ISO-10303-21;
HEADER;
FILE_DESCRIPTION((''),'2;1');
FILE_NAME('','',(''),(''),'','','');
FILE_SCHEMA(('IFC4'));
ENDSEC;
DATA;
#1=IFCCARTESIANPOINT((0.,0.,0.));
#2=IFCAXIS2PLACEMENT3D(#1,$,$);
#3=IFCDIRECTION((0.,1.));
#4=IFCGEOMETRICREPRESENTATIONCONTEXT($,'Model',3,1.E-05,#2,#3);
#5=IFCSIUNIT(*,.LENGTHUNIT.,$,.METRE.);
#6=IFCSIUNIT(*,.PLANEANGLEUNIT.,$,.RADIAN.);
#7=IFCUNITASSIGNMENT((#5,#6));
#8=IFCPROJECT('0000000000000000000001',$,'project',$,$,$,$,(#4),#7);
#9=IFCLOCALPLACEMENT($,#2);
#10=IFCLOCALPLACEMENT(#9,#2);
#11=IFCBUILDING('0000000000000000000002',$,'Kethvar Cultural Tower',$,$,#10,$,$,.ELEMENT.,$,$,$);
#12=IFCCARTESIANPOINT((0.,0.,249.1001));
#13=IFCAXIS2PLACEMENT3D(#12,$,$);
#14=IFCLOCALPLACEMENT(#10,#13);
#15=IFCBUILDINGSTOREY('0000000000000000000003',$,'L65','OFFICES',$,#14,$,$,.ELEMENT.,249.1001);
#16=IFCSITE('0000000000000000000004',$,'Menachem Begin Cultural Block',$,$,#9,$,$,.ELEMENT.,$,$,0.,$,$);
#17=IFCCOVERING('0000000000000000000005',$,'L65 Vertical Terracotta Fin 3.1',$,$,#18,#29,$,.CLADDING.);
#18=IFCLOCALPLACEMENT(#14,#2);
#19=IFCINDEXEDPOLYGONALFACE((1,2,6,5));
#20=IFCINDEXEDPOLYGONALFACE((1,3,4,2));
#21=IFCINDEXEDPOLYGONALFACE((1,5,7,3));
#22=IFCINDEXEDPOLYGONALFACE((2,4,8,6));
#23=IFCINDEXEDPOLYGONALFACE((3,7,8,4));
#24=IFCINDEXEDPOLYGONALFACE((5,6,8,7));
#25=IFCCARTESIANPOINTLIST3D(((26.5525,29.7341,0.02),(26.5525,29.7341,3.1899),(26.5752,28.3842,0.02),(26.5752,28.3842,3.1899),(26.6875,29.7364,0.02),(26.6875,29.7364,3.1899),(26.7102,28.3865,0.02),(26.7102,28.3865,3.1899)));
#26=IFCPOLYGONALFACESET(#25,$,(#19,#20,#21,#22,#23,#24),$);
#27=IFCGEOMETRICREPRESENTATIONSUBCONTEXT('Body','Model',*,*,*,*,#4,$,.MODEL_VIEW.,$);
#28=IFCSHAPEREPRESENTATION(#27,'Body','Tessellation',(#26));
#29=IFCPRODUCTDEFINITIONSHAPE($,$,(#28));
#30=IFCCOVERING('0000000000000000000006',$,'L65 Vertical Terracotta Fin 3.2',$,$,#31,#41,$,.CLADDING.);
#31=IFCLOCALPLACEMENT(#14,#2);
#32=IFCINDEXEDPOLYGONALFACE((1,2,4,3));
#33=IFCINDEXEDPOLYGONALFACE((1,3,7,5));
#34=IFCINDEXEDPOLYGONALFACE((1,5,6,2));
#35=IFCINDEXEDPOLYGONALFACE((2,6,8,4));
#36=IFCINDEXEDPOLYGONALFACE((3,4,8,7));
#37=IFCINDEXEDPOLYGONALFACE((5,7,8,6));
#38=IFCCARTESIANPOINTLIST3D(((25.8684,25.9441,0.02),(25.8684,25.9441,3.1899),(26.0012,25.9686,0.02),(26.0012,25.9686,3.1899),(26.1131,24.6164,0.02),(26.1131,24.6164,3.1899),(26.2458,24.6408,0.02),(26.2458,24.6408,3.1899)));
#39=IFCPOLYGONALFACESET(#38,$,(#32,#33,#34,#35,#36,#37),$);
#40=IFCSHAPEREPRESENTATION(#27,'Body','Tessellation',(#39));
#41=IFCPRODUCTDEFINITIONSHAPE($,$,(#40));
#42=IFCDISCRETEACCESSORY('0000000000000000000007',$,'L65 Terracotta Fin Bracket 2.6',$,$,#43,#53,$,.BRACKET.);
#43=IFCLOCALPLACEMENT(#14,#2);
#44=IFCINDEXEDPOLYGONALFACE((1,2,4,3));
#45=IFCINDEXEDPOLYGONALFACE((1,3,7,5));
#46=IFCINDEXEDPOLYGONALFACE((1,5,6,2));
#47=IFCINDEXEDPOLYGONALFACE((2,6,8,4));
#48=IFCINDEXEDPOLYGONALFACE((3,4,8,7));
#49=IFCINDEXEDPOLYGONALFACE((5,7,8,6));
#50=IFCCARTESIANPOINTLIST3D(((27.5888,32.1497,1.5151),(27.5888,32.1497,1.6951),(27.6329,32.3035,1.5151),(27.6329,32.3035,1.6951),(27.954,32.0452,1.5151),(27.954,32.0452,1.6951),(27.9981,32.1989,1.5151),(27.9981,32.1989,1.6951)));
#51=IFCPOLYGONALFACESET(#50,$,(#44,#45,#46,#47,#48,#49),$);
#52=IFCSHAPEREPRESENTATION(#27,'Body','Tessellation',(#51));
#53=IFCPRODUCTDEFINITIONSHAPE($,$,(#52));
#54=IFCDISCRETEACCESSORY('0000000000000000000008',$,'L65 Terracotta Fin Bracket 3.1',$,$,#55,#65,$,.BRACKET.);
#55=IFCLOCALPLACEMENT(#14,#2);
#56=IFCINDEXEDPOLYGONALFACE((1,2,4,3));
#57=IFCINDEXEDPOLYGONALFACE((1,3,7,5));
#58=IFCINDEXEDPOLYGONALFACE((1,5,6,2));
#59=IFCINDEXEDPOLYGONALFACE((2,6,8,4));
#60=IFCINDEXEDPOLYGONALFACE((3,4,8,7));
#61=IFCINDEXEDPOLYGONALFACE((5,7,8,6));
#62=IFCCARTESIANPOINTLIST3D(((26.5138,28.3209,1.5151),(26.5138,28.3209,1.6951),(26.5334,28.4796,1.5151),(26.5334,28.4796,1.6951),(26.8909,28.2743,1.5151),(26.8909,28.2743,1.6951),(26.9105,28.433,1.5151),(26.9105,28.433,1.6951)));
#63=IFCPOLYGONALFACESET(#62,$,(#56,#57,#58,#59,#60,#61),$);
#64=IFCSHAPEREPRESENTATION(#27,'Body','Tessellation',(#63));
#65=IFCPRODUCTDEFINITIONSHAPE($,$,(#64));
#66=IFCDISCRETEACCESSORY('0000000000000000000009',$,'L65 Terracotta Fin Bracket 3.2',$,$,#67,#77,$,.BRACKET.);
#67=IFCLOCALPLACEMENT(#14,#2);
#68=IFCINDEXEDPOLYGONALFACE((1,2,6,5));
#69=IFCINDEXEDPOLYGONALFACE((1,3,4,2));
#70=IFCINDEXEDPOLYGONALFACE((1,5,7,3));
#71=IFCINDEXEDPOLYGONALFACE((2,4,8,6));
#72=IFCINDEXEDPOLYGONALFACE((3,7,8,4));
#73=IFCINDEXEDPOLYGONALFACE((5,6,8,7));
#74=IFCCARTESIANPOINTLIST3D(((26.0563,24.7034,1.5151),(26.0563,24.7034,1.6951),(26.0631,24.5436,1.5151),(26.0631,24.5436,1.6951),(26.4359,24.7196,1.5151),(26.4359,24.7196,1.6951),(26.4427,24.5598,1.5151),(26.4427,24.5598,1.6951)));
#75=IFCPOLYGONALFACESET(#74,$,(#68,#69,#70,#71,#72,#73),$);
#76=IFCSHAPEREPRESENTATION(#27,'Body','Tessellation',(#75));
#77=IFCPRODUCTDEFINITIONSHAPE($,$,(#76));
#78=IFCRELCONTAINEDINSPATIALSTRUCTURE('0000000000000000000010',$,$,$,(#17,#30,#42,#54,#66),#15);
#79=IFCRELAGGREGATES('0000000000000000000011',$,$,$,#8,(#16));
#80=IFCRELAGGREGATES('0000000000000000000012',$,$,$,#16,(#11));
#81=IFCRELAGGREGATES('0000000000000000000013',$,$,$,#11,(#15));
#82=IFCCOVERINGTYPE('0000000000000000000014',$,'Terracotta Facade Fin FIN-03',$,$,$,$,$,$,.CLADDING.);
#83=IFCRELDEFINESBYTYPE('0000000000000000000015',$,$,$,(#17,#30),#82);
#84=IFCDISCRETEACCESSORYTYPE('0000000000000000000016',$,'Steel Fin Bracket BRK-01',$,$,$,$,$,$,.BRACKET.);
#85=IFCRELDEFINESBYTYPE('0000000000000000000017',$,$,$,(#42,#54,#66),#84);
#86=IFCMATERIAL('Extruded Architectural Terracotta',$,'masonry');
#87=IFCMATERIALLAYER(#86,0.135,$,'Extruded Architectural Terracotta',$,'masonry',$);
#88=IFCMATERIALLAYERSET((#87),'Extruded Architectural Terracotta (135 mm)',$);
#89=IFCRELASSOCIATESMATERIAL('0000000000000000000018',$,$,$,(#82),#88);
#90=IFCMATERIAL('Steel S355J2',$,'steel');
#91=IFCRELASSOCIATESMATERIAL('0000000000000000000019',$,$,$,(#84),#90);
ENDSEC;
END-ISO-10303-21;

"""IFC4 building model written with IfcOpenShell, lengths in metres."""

from ifc_helpers import new_model, si_unit, direction, frame, origin, origin_2d, place, context, subcontext, project, spatial, rectangle, extrude, source, transform, mapped, material, layer, layer_set, type_object, element, save


model = new_model("IFC4")

# Units and contexts
model_context = context("Model", 3, precision=1e-05, world=origin(), true_north=direction((0.0, 1.0)))
body_context = subcontext(model_context, "Body", "Model", "MODEL_VIEW")
ifc_project = project(units=[si_unit("LENGTHUNIT", "METRE"), si_unit("PLANEANGLEUNIT", "RADIAN")], contexts=[model_context])

# Site, building, storey
site_placement = place(None, origin())
site = spatial("IfcSite", under=ifc_project, at=site_placement, Name="Menachem Begin Cultural Block", CompositionType="ELEMENT", RefElevation=0.0)
building_placement = place(site_placement, origin())
building = spatial("IfcBuilding", under=site, at=building_placement, Name="Kethvar Cultural Tower", CompositionType="ELEMENT")
storey_placement = place(building_placement, frame((0.0, 0.0, 249.1001)))
storey = spatial("IfcBuildingStorey", under=building, at=storey_placement, Name="L65", Description="OFFICES", CompositionType="ELEMENT", Elevation=249.1001)

# Shared definitions
ifc_material_1 = material(Name="Steel S355J2", Category="steel")

# Coverings
ifc_material_2 = material(Name="Extruded Architectural Terracotta", Category="masonry")
ifc_layer_1 = layer(ifc_material_2, 0.135, Name="Extruded Architectural Terracotta", Category="masonry")
ifc_layer_set_1 = layer_set([ifc_layer_1], Name="Extruded Architectural Terracotta (135 mm)")
covering_type = type_object("IfcCoveringType", Name="Terracotta Facade Fin FIN-03", PredefinedType="CLADDING", material=ifc_layer_set_1)
shared_shape_1 = source(origin(), body_context, "Body", "SweptSolid", [
    extrude(rectangle(XDim=1.3501, YDim=0.135, at=origin_2d()), origin(), (0.0, 0.0, 1.0), 3.1699),
])
for number, where, z_axis, x_axis, name in (
    (1, (26.6313, 29.0603, 0.02), (0.0, 0.0, 1.0), (-0.016754, 0.99986, 0.0), "L65 Vertical Terracotta Fin 3.1"),
    (2, (26.0571, 25.2925, 0.02), (0.0, 0.0, 1.0), (-0.181206, 0.983445, 0.0), "L65 Vertical Terracotta Fin 3.2"),
):
    element("IfcCovering", number, at=place(storey_placement, frame(where, z_axis=z_axis, x_axis=x_axis)), inside=storey, type_object=covering_type, Name=name, PredefinedType="CLADDING", context=body_context, shape_type="MappedRepresentation", body=[
        mapped(shared_shape_1, transform((0.0, 0.0, 0.0), scale=1.0)),
    ])

# Discrete accessories
discrete_accessory_type = type_object("IfcDiscreteAccessoryType", Name="Steel Fin Bracket BRK-01", PredefinedType="BRACKET", material=ifc_material_1)
shared_shape_2 = source(origin(), body_context, "Body", "SweptSolid", [
    extrude(rectangle(XDim=0.3799, YDim=0.1599, at=origin_2d()), origin(), (0.0, 0.0, 1.0), 0.1799),
])
for number, where, z_axis, x_axis, name in (
    (3, (27.7935, 32.1743, 1.5151), (0.0, 0.0, 1.0), (-0.961358, 0.275302, 0.0), "L65 Terracotta Fin Bracket 2.6"),
    (4, (26.7122, 28.377, 1.5151), (0.0, 0.0, 1.0), (-0.992461, 0.122562, 0.0), "L65 Terracotta Fin Bracket 3.1"),
    (5, (26.2495, 24.6316, 1.5151), (0.0, 0.0, 1.0), (-0.999093, -0.042573, 0.0), "L65 Terracotta Fin Bracket 3.2"),
):
    element("IfcDiscreteAccessory", number, at=place(storey_placement, frame(where, z_axis=z_axis, x_axis=x_axis)), inside=storey, type_object=discrete_accessory_type, Name=name, PredefinedType="BRACKET", context=body_context, shape_type="MappedRepresentation", body=[
        mapped(shared_shape_2, transform((0.0, 0.0, 0.0), scale=1.0)),
    ])

save(model, "model.ifc")
